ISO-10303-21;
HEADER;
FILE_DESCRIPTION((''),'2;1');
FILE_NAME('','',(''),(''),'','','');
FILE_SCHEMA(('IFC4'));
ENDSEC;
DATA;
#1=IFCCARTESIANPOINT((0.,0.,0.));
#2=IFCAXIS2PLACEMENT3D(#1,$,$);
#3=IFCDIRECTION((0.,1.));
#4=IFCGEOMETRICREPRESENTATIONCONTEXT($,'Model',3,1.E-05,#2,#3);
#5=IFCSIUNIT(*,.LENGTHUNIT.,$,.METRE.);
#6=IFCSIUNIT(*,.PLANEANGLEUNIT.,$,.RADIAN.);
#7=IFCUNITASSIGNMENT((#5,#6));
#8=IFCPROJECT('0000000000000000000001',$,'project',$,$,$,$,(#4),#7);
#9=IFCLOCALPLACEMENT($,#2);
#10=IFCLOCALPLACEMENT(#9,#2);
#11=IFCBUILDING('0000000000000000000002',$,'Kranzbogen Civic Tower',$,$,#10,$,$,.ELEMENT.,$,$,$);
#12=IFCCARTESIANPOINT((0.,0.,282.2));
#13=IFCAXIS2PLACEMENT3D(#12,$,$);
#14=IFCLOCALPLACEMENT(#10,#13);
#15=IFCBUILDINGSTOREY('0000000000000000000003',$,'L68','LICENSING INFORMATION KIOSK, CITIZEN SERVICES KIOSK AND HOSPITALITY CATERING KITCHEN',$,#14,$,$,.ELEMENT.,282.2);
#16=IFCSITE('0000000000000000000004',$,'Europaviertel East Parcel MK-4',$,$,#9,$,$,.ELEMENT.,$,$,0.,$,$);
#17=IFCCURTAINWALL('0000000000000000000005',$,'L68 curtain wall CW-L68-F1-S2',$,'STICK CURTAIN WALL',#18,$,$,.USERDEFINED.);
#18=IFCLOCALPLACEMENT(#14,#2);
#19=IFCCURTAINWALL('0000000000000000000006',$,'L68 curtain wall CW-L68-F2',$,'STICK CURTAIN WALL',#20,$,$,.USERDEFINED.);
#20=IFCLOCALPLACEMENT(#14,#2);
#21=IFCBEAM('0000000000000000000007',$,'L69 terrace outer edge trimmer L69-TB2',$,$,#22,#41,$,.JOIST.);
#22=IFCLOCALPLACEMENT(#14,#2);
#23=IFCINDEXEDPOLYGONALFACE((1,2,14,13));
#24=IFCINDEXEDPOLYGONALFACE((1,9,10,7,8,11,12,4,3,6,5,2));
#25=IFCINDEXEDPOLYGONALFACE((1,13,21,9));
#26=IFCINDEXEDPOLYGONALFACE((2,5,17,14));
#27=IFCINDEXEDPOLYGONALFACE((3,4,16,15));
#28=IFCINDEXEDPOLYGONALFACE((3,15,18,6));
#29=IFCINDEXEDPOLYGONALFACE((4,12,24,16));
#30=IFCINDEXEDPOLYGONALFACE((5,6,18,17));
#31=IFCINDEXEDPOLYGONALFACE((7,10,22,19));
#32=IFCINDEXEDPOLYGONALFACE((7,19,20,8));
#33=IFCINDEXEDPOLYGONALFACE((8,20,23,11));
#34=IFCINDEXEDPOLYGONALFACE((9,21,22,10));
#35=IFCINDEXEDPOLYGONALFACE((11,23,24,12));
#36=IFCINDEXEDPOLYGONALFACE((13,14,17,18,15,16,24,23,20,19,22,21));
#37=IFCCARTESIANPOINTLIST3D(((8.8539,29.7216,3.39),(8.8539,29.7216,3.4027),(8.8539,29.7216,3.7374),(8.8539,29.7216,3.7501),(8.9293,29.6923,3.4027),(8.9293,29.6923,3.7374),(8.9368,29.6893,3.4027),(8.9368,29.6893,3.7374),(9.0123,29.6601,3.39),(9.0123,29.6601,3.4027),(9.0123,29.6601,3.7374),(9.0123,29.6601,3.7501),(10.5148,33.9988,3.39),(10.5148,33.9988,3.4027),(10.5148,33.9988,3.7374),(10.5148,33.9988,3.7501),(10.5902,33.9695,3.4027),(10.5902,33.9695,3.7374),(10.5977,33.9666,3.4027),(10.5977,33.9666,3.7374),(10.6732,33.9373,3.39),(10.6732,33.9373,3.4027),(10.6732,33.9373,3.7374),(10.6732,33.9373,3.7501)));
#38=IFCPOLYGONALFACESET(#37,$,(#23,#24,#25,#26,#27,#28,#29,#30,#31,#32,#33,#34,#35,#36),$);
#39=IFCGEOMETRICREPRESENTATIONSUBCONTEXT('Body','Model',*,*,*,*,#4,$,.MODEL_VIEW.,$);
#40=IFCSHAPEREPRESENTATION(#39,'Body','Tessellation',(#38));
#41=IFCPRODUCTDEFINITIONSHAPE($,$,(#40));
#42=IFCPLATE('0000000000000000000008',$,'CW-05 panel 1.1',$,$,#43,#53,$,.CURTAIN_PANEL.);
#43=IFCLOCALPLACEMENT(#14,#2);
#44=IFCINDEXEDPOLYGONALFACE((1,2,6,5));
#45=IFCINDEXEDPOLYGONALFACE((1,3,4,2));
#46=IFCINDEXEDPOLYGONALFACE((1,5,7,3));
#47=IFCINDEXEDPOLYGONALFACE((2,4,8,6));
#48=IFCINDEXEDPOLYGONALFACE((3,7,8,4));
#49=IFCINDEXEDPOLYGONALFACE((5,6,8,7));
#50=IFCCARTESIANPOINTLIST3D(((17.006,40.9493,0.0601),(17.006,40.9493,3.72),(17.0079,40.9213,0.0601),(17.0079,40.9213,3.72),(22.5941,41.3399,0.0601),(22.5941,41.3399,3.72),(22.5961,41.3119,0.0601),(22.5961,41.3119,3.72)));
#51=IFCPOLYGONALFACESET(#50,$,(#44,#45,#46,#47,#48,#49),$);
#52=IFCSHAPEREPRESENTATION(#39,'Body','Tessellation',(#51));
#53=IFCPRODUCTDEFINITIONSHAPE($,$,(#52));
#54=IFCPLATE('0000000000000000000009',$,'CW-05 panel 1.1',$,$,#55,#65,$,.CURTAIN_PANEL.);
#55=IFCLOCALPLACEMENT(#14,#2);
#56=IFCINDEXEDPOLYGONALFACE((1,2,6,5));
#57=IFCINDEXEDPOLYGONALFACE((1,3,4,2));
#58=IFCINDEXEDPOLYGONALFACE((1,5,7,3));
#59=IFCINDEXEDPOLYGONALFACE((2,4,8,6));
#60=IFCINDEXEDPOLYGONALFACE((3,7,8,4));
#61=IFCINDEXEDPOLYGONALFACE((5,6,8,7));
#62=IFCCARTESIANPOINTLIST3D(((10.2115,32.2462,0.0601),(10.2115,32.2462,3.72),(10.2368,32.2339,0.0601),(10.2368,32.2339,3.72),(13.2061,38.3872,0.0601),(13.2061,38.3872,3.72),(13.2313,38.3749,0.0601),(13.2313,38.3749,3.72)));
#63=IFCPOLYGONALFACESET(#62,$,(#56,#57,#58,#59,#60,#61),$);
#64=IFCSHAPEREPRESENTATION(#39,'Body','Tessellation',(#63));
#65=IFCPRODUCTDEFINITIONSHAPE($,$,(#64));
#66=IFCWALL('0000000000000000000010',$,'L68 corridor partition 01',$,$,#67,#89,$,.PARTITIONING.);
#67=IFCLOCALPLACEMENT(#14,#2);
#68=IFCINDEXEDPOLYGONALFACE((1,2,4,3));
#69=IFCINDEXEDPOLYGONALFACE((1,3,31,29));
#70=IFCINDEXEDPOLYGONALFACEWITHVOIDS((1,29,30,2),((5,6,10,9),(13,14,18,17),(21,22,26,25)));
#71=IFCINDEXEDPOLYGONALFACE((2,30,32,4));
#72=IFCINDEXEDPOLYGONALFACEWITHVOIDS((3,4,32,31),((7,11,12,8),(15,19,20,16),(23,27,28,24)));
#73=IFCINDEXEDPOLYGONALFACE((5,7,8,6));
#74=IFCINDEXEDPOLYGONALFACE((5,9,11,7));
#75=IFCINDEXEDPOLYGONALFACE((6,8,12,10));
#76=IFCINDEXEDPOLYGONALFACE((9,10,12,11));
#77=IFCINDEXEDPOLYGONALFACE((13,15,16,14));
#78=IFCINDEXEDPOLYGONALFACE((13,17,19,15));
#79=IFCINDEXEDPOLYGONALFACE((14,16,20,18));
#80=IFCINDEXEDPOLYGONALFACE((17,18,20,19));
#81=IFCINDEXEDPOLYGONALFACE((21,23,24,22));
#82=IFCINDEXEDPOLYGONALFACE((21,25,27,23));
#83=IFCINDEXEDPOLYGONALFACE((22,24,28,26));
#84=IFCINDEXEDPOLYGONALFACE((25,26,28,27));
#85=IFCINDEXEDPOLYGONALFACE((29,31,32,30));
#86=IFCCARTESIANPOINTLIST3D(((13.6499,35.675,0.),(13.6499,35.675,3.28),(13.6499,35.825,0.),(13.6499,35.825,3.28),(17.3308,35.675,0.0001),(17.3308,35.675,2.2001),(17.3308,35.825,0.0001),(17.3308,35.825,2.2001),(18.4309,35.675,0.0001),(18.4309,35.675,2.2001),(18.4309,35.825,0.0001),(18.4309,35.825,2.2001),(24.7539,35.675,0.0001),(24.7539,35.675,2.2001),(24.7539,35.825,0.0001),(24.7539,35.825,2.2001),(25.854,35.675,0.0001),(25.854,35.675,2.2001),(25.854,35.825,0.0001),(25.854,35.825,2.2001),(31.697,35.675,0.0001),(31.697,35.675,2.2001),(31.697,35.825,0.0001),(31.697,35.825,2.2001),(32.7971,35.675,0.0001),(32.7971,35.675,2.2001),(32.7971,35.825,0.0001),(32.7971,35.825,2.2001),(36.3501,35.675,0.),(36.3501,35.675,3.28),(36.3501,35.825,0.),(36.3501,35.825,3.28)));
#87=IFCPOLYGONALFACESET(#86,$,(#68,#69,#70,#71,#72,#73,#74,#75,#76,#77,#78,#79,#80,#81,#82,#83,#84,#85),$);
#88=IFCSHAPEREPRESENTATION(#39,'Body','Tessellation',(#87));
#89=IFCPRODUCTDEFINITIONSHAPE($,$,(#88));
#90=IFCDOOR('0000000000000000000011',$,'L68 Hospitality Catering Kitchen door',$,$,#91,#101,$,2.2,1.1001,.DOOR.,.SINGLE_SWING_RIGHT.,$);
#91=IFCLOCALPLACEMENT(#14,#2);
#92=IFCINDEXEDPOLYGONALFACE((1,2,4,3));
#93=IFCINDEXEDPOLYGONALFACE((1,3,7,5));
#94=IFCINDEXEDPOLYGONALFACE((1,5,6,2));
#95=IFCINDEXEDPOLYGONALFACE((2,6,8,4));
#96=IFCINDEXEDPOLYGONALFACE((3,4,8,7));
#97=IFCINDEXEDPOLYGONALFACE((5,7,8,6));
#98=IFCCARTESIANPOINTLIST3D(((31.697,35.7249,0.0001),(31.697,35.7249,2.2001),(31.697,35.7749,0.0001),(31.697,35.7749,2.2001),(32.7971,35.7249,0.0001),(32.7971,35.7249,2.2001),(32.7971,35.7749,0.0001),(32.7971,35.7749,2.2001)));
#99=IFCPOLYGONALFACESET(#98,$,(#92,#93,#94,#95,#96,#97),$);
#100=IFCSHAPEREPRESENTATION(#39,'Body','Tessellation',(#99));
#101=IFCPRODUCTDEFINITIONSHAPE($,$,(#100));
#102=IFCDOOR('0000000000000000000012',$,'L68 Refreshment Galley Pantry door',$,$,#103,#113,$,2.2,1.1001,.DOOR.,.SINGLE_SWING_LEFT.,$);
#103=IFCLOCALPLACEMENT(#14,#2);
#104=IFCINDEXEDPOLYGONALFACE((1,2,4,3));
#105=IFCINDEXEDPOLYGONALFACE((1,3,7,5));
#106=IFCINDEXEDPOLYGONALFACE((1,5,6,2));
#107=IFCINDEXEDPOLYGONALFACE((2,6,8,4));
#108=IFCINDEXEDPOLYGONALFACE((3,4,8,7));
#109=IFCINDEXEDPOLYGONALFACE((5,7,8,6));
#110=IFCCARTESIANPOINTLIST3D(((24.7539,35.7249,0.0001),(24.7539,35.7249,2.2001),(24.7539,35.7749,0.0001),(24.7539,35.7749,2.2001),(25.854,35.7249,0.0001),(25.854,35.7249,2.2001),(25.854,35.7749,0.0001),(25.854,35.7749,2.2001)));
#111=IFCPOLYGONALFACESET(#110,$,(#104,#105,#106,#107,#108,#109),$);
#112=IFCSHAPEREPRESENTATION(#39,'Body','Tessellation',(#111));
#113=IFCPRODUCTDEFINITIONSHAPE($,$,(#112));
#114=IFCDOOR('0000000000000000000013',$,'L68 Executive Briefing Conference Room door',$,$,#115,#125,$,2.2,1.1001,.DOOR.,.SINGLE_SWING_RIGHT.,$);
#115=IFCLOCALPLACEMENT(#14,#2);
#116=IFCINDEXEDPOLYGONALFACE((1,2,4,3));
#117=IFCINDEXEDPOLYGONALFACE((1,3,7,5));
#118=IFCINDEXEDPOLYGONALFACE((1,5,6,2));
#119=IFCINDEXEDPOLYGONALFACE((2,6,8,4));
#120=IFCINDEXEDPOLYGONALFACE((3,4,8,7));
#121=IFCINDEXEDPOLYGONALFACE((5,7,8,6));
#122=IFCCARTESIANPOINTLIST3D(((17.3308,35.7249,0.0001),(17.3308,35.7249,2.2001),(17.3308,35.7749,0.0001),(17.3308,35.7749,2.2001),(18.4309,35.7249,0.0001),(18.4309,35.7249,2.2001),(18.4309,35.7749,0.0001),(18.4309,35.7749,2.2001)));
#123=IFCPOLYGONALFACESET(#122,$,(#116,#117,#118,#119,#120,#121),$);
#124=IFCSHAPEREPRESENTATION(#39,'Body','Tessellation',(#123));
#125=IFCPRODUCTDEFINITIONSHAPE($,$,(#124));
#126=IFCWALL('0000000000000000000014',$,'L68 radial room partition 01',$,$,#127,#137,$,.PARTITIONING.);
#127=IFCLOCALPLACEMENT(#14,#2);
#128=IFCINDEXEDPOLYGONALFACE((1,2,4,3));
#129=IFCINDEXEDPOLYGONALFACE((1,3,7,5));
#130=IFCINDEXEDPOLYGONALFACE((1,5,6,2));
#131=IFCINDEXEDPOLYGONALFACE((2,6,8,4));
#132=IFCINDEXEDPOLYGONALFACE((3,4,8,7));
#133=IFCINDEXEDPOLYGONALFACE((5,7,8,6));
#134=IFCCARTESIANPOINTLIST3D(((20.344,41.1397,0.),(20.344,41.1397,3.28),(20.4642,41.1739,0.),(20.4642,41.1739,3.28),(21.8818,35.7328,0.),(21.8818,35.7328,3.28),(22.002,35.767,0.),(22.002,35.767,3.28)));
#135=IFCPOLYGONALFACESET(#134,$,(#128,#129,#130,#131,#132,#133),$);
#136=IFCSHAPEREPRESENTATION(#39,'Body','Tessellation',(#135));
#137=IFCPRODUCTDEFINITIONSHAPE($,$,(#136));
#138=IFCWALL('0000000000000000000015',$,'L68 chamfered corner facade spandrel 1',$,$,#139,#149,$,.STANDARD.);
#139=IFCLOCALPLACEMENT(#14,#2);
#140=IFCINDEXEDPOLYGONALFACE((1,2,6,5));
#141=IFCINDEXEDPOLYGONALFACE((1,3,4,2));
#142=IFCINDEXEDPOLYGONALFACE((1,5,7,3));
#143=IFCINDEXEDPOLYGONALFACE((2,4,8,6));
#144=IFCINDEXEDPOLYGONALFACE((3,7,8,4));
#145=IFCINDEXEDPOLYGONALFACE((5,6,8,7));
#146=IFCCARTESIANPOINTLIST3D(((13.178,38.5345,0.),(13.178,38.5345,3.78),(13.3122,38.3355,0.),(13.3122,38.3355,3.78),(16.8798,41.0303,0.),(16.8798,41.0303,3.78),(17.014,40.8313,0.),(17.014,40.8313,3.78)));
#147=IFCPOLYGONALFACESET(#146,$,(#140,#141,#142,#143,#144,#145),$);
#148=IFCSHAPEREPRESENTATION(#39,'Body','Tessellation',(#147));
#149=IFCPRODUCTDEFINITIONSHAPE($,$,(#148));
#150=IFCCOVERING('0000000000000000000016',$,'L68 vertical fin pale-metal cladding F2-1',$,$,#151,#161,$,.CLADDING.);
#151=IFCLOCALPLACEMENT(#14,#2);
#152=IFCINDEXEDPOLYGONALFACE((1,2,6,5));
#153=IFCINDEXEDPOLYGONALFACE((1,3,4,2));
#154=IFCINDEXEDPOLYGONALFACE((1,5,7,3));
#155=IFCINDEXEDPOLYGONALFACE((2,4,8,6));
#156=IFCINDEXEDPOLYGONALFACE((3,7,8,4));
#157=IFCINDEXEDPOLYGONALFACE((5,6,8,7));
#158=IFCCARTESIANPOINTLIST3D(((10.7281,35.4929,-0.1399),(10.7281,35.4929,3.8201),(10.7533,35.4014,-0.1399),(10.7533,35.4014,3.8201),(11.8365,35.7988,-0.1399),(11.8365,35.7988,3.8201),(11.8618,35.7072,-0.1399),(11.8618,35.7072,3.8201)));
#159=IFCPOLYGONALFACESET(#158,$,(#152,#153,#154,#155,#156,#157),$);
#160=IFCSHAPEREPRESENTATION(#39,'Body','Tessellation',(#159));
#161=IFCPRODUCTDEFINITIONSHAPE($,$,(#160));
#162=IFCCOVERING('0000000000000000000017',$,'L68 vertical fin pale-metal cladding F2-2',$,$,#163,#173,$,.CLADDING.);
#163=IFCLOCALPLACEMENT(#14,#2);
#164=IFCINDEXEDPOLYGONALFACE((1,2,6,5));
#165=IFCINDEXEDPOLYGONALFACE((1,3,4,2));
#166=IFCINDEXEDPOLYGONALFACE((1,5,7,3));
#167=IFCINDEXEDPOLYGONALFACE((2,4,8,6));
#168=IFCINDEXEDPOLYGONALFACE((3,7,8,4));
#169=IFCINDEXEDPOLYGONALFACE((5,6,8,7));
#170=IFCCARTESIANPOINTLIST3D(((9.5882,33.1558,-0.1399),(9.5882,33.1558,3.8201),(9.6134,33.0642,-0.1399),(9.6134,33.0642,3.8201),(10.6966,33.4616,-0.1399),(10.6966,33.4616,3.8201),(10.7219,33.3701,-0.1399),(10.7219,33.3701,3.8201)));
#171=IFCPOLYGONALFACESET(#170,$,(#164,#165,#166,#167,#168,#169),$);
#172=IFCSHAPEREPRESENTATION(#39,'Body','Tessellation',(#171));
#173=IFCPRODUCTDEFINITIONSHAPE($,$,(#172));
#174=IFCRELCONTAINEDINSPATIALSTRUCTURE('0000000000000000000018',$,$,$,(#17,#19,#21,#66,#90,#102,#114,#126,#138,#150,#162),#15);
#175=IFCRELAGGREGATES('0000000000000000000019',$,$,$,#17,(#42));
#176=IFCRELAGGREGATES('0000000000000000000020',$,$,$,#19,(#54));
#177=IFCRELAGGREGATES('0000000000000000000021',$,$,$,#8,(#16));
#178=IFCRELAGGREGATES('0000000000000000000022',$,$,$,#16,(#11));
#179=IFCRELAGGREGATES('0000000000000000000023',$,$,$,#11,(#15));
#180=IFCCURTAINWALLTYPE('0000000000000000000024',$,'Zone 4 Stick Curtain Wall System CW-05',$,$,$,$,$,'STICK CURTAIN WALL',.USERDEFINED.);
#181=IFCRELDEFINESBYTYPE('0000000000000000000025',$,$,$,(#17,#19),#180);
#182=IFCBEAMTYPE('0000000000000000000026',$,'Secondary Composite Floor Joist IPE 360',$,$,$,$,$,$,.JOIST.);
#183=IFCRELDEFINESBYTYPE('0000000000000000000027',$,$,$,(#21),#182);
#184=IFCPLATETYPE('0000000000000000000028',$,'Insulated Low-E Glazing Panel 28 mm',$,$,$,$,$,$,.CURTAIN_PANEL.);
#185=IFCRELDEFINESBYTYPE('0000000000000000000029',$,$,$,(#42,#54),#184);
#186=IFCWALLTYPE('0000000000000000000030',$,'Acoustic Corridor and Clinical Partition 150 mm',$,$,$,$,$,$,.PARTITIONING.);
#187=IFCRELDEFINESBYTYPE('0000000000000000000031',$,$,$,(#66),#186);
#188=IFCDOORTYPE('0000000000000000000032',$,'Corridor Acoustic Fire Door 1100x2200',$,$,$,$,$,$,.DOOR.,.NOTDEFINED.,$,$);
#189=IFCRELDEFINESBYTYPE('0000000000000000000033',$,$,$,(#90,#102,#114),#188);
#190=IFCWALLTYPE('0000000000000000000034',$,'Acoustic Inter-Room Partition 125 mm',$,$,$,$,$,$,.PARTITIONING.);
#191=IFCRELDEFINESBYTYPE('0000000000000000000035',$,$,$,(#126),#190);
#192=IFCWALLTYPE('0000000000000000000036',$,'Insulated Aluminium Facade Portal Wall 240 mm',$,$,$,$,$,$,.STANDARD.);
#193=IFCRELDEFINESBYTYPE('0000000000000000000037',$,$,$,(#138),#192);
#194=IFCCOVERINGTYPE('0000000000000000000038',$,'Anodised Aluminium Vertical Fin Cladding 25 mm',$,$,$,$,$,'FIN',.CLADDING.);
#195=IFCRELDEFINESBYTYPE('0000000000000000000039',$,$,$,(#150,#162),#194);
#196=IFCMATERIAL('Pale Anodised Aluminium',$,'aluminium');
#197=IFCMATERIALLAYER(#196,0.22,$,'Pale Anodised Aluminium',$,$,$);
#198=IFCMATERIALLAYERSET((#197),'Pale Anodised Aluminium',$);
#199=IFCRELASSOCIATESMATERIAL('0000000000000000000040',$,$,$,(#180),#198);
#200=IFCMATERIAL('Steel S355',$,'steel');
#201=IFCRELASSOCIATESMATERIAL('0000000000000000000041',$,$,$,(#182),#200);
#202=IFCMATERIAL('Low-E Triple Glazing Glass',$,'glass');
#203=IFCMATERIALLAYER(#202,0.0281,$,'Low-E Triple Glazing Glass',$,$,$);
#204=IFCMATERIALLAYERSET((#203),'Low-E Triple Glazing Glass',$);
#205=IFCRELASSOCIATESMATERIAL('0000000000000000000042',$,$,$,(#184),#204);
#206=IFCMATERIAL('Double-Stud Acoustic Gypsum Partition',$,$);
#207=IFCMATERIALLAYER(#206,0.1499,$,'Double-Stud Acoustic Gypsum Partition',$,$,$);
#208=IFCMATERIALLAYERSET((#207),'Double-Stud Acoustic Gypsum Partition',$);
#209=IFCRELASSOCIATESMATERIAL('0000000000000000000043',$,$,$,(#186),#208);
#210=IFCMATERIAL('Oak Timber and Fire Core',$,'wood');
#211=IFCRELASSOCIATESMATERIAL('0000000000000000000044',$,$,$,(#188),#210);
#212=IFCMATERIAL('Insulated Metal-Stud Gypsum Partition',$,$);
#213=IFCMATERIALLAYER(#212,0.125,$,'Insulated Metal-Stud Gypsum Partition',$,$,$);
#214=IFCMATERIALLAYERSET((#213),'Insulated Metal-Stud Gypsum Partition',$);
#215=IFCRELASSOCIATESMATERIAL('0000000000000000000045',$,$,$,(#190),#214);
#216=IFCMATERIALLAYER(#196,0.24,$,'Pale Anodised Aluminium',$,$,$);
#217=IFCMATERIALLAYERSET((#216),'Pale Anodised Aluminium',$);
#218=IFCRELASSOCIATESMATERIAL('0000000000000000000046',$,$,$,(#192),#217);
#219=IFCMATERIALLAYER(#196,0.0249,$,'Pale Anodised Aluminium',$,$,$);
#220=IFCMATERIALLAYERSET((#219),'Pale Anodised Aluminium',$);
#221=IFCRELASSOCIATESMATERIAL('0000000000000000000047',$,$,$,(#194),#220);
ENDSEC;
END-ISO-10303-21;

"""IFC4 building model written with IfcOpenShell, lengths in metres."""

from ifc_helpers import new_model, si_unit, direction, frame, frame_2d, origin, origin_2d, place, context, subcontext, project, spatial, rectangle, i_section, extrude, material, layer, layer_set, material_profile, profile_set, type_object, element, fill, aggregate, save


model = new_model("IFC4")

# Units and contexts
model_context = context("Model", 3, precision=1e-05, world=origin(), true_north=direction((0.0, 1.0)))
body_context = subcontext(model_context, "Body", "Model", "MODEL_VIEW")
ifc_project = project(units=[si_unit("LENGTHUNIT", "METRE"), si_unit("PLANEANGLEUNIT", "RADIAN")], contexts=[model_context])

# Site, building, storey
site_placement = place(None, origin())
site = spatial("IfcSite", under=ifc_project, at=site_placement, Name="Europaviertel East Parcel MK-4", CompositionType="ELEMENT", RefElevation=0.0)
building_placement = place(site_placement, origin())
building = spatial("IfcBuilding", under=site, at=building_placement, Name="Kranzbogen Civic Tower", CompositionType="ELEMENT")
storey_placement = place(building_placement, frame((0.0, 0.0, 282.2)))
storey = spatial("IfcBuildingStorey", under=building, at=storey_placement, Name="L68", Description="LICENSING INFORMATION KIOSK, CITIZEN SERVICES KIOSK AND HOSPITALITY CATERING KITCHEN", CompositionType="ELEMENT", Elevation=282.2)

# Shared definitions
ifc_material_1 = material(Name="Steel S355", Category="steel")

# Curtain wall
ifc_material_2 = material(Name="Pale Anodised Aluminium", Category="aluminium")
ifc_layer_1 = layer(ifc_material_2, 0.22, Name="Pale Anodised Aluminium")
ifc_layer_set_1 = layer_set([ifc_layer_1], Name="Pale Anodised Aluminium")
curtain_wall_type = type_object("IfcCurtainWallType", Name="Zone 4 Stick Curtain Wall System CW-05", ElementType="STICK CURTAIN WALL", PredefinedType="USERDEFINED", material=ifc_layer_set_1)
curtain_wall_1_placement = place(storey_placement, origin())
curtain_wall_1 = element("IfcCurtainWall", 1, at=curtain_wall_1_placement, inside=storey, type_object=curtain_wall_type, Name="L68 curtain wall CW-L68-F1-S2", ObjectType="STICK CURTAIN WALL", PredefinedType="USERDEFINED")

# Curtain wall
curtain_wall_2_placement = place(storey_placement, origin())
curtain_wall_2 = element("IfcCurtainWall", 2, at=curtain_wall_2_placement, inside=storey, type_object=curtain_wall_type, Name="L68 curtain wall CW-L68-F2", ObjectType="STICK CURTAIN WALL", PredefinedType="USERDEFINED")

# Beam
ifc_material_profile_1 = material_profile(ifc_material_1, i_section(OverallWidth=0.1699, OverallDepth=0.3601, WebThickness=0.0081, FlangeThickness=0.0127, at=origin_2d()), Name="IPE 360")
ifc_profile_set_1 = profile_set([ifc_material_profile_1], Name="Steel S355")
beam_type_1 = type_object("IfcBeamType", Name="Secondary Composite Floor Joist IPE 360", PredefinedType="JOIST", material=ifc_profile_set_1)
beam_1_placement = place(storey_placement, frame((10.594, 33.968, 3.5701), z_axis=(-0.361987, -0.932183, 0.0), x_axis=(0.932183, -0.361987, 0.0)))
element("IfcBeam", 3, at=beam_1_placement, inside=storey, type_object=beam_type_1, Name="L69 terrace outer edge trimmer L69-TB2", PredefinedType="JOIST", context=body_context, shape_type="SweptSolid", body=[
    extrude(i_section(OverallWidth=0.1699, OverallDepth=0.3601, WebThickness=0.0081, FlangeThickness=0.0127, at=origin_2d()), origin(), (0.0, 0.0, 1.0), 4.5884),
])

# Plates
ifc_material_3 = material(Name="Low-E Triple Glazing Glass", Category="glass")
ifc_layer_2 = layer(ifc_material_3, 0.0281, Name="Low-E Triple Glazing Glass")
ifc_layer_set_2 = layer_set([ifc_layer_2], Name="Low-E Triple Glazing Glass")
plate_type = type_object("IfcPlateType", Name="Insulated Low-E Glazing Panel 28 mm", PredefinedType="CURTAIN_PANEL", material=ifc_layer_set_2)
plate_1_placement = place(storey_placement, frame((19.801, 41.1306, 0.0601), z_axis=(0.0, 0.0, 1.0), x_axis=(-0.997566, -0.069732, 0.0)))
plate_1 = element("IfcPlate", 4, at=plate_1_placement, type_object=plate_type, Name="CW-05 panel 1.1", PredefinedType="CURTAIN_PANEL", context=body_context, shape_type="SweptSolid", body=[
    extrude(rectangle(XDim=5.6018, YDim=0.0281, at=origin_2d()), origin(), (0.0, 0.0, 1.0), 3.6599),
])
aggregate(curtain_wall_1, [plate_1])
plate_2_placement = place(storey_placement, frame((11.7214, 35.3105, 0.0601), z_axis=(0.0, 0.0, 1.0), x_axis=(-0.438293, -0.898832, 0.0)))
plate_2 = element("IfcPlate", 5, at=plate_2_placement, type_object=plate_type, Name="CW-05 panel 1.1", PredefinedType="CURTAIN_PANEL", context=body_context, shape_type="SweptSolid", body=[
    extrude(rectangle(XDim=6.8323, YDim=0.0281, at=origin_2d()), origin(), (0.0, 0.0, 1.0), 3.6599),
])
aggregate(curtain_wall_2, [plate_2])

# Wall, openings, doors
ifc_material_4 = material(Name="Double-Stud Acoustic Gypsum Partition")
ifc_layer_3 = layer(ifc_material_4, 0.1499, Name="Double-Stud Acoustic Gypsum Partition")
ifc_layer_set_3 = layer_set([ifc_layer_3], Name="Double-Stud Acoustic Gypsum Partition")
wall_type_1 = type_object("IfcWallType", Name="Acoustic Corridor and Clinical Partition 150 mm", PredefinedType="PARTITIONING", material=ifc_layer_set_3)
wall_1_placement = place(storey_placement, frame((13.6499, 35.75, 0.0), z_axis=(0.0, 0.0, 1.0), x_axis=(1.0, 0.0, 0.0)))
wall_1 = element("IfcWall", 6, at=wall_1_placement, inside=storey, type_object=wall_type_1, Name="L68 corridor partition 01", PredefinedType="PARTITIONING", context=body_context, shape_type="SweptSolid", body=[
    extrude(rectangle(XDim=22.7002, YDim=0.1499, at=frame_2d((11.3501, 0.0))), origin(), (0.0, 0.0, 1.0), 3.28),
])
opening_1_placement = place(wall_1_placement, frame((18.0471, 0.0, 0.0)))
opening_1 = element("IfcOpeningElement", 7, at=opening_1_placement, cuts=wall_1, PredefinedType="OPENING", context=body_context, shape_type="SweptSolid", body=[
    extrude(rectangle(XDim=1.1001, YDim=2.2, at=frame_2d((0.55, 1.1001))), frame((0.0, 0.085, 0.0), z_axis=(0.0, -1.0, 0.0), x_axis=(1.0, 0.0, 0.0)), (0.0, 0.0, 1.0), 0.1699),
])
opening_2_placement = place(wall_1_placement, frame((11.104, 0.0, 0.0)))
opening_2 = element("IfcOpeningElement", 8, at=opening_2_placement, cuts=wall_1, PredefinedType="OPENING", context=body_context, shape_type="SweptSolid", body=[
    extrude(rectangle(XDim=1.1001, YDim=2.2, at=frame_2d((0.55, 1.1001))), frame((0.0, 0.085, 0.0), z_axis=(0.0, -1.0, 0.0), x_axis=(1.0, 0.0, 0.0)), (0.0, 0.0, 1.0), 0.1699),
])
opening_3_placement = place(wall_1_placement, frame((3.6809, 0.0, 0.0)))
opening_3 = element("IfcOpeningElement", 9, at=opening_3_placement, cuts=wall_1, PredefinedType="OPENING", context=body_context, shape_type="SweptSolid", body=[
    extrude(rectangle(XDim=1.1001, YDim=2.2, at=frame_2d((0.55, 1.1001))), frame((0.0, 0.085, 0.0), z_axis=(0.0, -1.0, 0.0), x_axis=(1.0, 0.0, 0.0)), (0.0, 0.0, 1.0), 0.1699),
])
ifc_material_5 = material(Name="Oak Timber and Fire Core", Category="wood")
door_type = type_object("IfcDoorType", Name="Corridor Acoustic Fire Door 1100x2200", OperationType="NOTDEFINED", PredefinedType="DOOR", material=ifc_material_5)
door_1_placement = place(opening_1_placement, origin())
door_1 = element("IfcDoor", 10, at=door_1_placement, inside=storey, type_object=door_type, Name="L68 Hospitality Catering Kitchen door", OperationType="SINGLE_SWING_RIGHT", OverallHeight=2.2, OverallWidth=1.1001, PredefinedType="DOOR", context=body_context, shape_type="SweptSolid", body=[
    extrude(rectangle(XDim=1.1001, YDim=2.2, at=frame_2d((0.55, 1.1001))), frame((0.0, 0.0249, 0.0), z_axis=(0.0, -1.0, 0.0), x_axis=(1.0, 0.0, 0.0)), (0.0, 0.0, 1.0), 0.05),
])
fill(opening_1, door_1)
door_2_placement = place(opening_2_placement, origin())
door_2 = element("IfcDoor", 11, at=door_2_placement, inside=storey, type_object=door_type, Name="L68 Refreshment Galley Pantry door", OperationType="SINGLE_SWING_LEFT", OverallHeight=2.2, OverallWidth=1.1001, PredefinedType="DOOR", context=body_context, shape_type="SweptSolid", body=[
    extrude(rectangle(XDim=1.1001, YDim=2.2, at=frame_2d((0.55, 1.1001))), frame((0.0, 0.0249, 0.0), z_axis=(0.0, -1.0, 0.0), x_axis=(1.0, 0.0, 0.0)), (0.0, 0.0, 1.0), 0.05),
])
fill(opening_2, door_2)
door_3_placement = place(opening_3_placement, origin())
door_3 = element("IfcDoor", 12, at=door_3_placement, inside=storey, type_object=door_type, Name="L68 Executive Briefing Conference Room door", OperationType="SINGLE_SWING_RIGHT", OverallHeight=2.2, OverallWidth=1.1001, PredefinedType="DOOR", context=body_context, shape_type="SweptSolid", body=[
    extrude(rectangle(XDim=1.1001, YDim=2.2, at=frame_2d((0.55, 1.1001))), frame((0.0, 0.0249, 0.0), z_axis=(0.0, -1.0, 0.0), x_axis=(1.0, 0.0, 0.0)), (0.0, 0.0, 1.0), 0.05),
])
fill(opening_3, door_3)

# Walls
ifc_material_6 = material(Name="Insulated Metal-Stud Gypsum Partition")
ifc_layer_4 = layer(ifc_material_6, 0.125, Name="Insulated Metal-Stud Gypsum Partition")
ifc_layer_set_4 = layer_set([ifc_layer_4], Name="Insulated Metal-Stud Gypsum Partition")
wall_type_2 = type_object("IfcWallType", Name="Acoustic Inter-Room Partition 125 mm", PredefinedType="PARTITIONING", material=ifc_layer_set_4)
wall_2_placement = place(storey_placement, frame((21.9419, 35.75, 0.0), z_axis=(0.0, 0.0, 1.0), x_axis=(-0.273568, 0.961853, 0.0)))
element("IfcWall", 13, at=wall_2_placement, inside=storey, type_object=wall_type_2, Name="L68 radial room partition 01", PredefinedType="PARTITIONING", context=body_context, shape_type="SweptSolid", body=[
    extrude(rectangle(XDim=5.6213, YDim=0.125, at=frame_2d((2.8105, 0.0))), origin(), (0.0, 0.0, 1.0), 3.28),
])
ifc_layer_5 = layer(ifc_material_2, 0.24, Name="Pale Anodised Aluminium")
ifc_layer_set_5 = layer_set([ifc_layer_5], Name="Pale Anodised Aluminium")
wall_type_3 = type_object("IfcWallType", Name="Insulated Aluminium Facade Portal Wall 240 mm", PredefinedType="STANDARD", material=ifc_layer_set_5)
wall_3_placement = place(storey_placement, frame((16.947, 40.9309, 0.0), z_axis=(0.0, 0.0, 1.0), x_axis=(-0.829153, -0.559021, 0.0)))
element("IfcWall", 14, at=wall_3_placement, inside=storey, type_object=wall_type_3, Name="L68 chamfered corner facade spandrel 1", PredefinedType="STANDARD", context=body_context, shape_type="SweptSolid", body=[
    extrude(rectangle(XDim=4.4646, YDim=0.24, at=frame_2d((2.2324, 0.0))), origin(), (0.0, 0.0, 1.0), 3.78),
])

# Coverings
ifc_layer_6 = layer(ifc_material_2, 0.0249, Name="Pale Anodised Aluminium")
ifc_layer_set_6 = layer_set([ifc_layer_6], Name="Pale Anodised Aluminium")
covering_type = type_object("IfcCoveringType", Name="Anodised Aluminium Vertical Fin Cladding 25 mm", ElementType="FIN", PredefinedType="CLADDING", material=ifc_layer_set_6)
for number, where, z_axis, x_axis, name in (
    (15, (11.2949, 35.6001, -0.1399), (0.0, 0.0, 1.0), (-0.963979, -0.265977, 0.0), "L68 vertical fin pale-metal cladding F2-1"),
    (16, (10.155, 33.2629, -0.1399), (0.0, 0.0, 1.0), (-0.963979, -0.265977, 0.0), "L68 vertical fin pale-metal cladding F2-2"),
):
    element("IfcCovering", number, at=place(storey_placement, frame(where, z_axis=z_axis, x_axis=x_axis)), inside=storey, type_object=covering_type, Name=name, PredefinedType="CLADDING", context=body_context, shape_type="SweptSolid", body=[
        extrude(rectangle(XDim=1.1499, YDim=0.095, at=origin_2d()), origin(), (0.0, 0.0, 1.0), 3.96),
    ])

save(model, "model.ifc")
